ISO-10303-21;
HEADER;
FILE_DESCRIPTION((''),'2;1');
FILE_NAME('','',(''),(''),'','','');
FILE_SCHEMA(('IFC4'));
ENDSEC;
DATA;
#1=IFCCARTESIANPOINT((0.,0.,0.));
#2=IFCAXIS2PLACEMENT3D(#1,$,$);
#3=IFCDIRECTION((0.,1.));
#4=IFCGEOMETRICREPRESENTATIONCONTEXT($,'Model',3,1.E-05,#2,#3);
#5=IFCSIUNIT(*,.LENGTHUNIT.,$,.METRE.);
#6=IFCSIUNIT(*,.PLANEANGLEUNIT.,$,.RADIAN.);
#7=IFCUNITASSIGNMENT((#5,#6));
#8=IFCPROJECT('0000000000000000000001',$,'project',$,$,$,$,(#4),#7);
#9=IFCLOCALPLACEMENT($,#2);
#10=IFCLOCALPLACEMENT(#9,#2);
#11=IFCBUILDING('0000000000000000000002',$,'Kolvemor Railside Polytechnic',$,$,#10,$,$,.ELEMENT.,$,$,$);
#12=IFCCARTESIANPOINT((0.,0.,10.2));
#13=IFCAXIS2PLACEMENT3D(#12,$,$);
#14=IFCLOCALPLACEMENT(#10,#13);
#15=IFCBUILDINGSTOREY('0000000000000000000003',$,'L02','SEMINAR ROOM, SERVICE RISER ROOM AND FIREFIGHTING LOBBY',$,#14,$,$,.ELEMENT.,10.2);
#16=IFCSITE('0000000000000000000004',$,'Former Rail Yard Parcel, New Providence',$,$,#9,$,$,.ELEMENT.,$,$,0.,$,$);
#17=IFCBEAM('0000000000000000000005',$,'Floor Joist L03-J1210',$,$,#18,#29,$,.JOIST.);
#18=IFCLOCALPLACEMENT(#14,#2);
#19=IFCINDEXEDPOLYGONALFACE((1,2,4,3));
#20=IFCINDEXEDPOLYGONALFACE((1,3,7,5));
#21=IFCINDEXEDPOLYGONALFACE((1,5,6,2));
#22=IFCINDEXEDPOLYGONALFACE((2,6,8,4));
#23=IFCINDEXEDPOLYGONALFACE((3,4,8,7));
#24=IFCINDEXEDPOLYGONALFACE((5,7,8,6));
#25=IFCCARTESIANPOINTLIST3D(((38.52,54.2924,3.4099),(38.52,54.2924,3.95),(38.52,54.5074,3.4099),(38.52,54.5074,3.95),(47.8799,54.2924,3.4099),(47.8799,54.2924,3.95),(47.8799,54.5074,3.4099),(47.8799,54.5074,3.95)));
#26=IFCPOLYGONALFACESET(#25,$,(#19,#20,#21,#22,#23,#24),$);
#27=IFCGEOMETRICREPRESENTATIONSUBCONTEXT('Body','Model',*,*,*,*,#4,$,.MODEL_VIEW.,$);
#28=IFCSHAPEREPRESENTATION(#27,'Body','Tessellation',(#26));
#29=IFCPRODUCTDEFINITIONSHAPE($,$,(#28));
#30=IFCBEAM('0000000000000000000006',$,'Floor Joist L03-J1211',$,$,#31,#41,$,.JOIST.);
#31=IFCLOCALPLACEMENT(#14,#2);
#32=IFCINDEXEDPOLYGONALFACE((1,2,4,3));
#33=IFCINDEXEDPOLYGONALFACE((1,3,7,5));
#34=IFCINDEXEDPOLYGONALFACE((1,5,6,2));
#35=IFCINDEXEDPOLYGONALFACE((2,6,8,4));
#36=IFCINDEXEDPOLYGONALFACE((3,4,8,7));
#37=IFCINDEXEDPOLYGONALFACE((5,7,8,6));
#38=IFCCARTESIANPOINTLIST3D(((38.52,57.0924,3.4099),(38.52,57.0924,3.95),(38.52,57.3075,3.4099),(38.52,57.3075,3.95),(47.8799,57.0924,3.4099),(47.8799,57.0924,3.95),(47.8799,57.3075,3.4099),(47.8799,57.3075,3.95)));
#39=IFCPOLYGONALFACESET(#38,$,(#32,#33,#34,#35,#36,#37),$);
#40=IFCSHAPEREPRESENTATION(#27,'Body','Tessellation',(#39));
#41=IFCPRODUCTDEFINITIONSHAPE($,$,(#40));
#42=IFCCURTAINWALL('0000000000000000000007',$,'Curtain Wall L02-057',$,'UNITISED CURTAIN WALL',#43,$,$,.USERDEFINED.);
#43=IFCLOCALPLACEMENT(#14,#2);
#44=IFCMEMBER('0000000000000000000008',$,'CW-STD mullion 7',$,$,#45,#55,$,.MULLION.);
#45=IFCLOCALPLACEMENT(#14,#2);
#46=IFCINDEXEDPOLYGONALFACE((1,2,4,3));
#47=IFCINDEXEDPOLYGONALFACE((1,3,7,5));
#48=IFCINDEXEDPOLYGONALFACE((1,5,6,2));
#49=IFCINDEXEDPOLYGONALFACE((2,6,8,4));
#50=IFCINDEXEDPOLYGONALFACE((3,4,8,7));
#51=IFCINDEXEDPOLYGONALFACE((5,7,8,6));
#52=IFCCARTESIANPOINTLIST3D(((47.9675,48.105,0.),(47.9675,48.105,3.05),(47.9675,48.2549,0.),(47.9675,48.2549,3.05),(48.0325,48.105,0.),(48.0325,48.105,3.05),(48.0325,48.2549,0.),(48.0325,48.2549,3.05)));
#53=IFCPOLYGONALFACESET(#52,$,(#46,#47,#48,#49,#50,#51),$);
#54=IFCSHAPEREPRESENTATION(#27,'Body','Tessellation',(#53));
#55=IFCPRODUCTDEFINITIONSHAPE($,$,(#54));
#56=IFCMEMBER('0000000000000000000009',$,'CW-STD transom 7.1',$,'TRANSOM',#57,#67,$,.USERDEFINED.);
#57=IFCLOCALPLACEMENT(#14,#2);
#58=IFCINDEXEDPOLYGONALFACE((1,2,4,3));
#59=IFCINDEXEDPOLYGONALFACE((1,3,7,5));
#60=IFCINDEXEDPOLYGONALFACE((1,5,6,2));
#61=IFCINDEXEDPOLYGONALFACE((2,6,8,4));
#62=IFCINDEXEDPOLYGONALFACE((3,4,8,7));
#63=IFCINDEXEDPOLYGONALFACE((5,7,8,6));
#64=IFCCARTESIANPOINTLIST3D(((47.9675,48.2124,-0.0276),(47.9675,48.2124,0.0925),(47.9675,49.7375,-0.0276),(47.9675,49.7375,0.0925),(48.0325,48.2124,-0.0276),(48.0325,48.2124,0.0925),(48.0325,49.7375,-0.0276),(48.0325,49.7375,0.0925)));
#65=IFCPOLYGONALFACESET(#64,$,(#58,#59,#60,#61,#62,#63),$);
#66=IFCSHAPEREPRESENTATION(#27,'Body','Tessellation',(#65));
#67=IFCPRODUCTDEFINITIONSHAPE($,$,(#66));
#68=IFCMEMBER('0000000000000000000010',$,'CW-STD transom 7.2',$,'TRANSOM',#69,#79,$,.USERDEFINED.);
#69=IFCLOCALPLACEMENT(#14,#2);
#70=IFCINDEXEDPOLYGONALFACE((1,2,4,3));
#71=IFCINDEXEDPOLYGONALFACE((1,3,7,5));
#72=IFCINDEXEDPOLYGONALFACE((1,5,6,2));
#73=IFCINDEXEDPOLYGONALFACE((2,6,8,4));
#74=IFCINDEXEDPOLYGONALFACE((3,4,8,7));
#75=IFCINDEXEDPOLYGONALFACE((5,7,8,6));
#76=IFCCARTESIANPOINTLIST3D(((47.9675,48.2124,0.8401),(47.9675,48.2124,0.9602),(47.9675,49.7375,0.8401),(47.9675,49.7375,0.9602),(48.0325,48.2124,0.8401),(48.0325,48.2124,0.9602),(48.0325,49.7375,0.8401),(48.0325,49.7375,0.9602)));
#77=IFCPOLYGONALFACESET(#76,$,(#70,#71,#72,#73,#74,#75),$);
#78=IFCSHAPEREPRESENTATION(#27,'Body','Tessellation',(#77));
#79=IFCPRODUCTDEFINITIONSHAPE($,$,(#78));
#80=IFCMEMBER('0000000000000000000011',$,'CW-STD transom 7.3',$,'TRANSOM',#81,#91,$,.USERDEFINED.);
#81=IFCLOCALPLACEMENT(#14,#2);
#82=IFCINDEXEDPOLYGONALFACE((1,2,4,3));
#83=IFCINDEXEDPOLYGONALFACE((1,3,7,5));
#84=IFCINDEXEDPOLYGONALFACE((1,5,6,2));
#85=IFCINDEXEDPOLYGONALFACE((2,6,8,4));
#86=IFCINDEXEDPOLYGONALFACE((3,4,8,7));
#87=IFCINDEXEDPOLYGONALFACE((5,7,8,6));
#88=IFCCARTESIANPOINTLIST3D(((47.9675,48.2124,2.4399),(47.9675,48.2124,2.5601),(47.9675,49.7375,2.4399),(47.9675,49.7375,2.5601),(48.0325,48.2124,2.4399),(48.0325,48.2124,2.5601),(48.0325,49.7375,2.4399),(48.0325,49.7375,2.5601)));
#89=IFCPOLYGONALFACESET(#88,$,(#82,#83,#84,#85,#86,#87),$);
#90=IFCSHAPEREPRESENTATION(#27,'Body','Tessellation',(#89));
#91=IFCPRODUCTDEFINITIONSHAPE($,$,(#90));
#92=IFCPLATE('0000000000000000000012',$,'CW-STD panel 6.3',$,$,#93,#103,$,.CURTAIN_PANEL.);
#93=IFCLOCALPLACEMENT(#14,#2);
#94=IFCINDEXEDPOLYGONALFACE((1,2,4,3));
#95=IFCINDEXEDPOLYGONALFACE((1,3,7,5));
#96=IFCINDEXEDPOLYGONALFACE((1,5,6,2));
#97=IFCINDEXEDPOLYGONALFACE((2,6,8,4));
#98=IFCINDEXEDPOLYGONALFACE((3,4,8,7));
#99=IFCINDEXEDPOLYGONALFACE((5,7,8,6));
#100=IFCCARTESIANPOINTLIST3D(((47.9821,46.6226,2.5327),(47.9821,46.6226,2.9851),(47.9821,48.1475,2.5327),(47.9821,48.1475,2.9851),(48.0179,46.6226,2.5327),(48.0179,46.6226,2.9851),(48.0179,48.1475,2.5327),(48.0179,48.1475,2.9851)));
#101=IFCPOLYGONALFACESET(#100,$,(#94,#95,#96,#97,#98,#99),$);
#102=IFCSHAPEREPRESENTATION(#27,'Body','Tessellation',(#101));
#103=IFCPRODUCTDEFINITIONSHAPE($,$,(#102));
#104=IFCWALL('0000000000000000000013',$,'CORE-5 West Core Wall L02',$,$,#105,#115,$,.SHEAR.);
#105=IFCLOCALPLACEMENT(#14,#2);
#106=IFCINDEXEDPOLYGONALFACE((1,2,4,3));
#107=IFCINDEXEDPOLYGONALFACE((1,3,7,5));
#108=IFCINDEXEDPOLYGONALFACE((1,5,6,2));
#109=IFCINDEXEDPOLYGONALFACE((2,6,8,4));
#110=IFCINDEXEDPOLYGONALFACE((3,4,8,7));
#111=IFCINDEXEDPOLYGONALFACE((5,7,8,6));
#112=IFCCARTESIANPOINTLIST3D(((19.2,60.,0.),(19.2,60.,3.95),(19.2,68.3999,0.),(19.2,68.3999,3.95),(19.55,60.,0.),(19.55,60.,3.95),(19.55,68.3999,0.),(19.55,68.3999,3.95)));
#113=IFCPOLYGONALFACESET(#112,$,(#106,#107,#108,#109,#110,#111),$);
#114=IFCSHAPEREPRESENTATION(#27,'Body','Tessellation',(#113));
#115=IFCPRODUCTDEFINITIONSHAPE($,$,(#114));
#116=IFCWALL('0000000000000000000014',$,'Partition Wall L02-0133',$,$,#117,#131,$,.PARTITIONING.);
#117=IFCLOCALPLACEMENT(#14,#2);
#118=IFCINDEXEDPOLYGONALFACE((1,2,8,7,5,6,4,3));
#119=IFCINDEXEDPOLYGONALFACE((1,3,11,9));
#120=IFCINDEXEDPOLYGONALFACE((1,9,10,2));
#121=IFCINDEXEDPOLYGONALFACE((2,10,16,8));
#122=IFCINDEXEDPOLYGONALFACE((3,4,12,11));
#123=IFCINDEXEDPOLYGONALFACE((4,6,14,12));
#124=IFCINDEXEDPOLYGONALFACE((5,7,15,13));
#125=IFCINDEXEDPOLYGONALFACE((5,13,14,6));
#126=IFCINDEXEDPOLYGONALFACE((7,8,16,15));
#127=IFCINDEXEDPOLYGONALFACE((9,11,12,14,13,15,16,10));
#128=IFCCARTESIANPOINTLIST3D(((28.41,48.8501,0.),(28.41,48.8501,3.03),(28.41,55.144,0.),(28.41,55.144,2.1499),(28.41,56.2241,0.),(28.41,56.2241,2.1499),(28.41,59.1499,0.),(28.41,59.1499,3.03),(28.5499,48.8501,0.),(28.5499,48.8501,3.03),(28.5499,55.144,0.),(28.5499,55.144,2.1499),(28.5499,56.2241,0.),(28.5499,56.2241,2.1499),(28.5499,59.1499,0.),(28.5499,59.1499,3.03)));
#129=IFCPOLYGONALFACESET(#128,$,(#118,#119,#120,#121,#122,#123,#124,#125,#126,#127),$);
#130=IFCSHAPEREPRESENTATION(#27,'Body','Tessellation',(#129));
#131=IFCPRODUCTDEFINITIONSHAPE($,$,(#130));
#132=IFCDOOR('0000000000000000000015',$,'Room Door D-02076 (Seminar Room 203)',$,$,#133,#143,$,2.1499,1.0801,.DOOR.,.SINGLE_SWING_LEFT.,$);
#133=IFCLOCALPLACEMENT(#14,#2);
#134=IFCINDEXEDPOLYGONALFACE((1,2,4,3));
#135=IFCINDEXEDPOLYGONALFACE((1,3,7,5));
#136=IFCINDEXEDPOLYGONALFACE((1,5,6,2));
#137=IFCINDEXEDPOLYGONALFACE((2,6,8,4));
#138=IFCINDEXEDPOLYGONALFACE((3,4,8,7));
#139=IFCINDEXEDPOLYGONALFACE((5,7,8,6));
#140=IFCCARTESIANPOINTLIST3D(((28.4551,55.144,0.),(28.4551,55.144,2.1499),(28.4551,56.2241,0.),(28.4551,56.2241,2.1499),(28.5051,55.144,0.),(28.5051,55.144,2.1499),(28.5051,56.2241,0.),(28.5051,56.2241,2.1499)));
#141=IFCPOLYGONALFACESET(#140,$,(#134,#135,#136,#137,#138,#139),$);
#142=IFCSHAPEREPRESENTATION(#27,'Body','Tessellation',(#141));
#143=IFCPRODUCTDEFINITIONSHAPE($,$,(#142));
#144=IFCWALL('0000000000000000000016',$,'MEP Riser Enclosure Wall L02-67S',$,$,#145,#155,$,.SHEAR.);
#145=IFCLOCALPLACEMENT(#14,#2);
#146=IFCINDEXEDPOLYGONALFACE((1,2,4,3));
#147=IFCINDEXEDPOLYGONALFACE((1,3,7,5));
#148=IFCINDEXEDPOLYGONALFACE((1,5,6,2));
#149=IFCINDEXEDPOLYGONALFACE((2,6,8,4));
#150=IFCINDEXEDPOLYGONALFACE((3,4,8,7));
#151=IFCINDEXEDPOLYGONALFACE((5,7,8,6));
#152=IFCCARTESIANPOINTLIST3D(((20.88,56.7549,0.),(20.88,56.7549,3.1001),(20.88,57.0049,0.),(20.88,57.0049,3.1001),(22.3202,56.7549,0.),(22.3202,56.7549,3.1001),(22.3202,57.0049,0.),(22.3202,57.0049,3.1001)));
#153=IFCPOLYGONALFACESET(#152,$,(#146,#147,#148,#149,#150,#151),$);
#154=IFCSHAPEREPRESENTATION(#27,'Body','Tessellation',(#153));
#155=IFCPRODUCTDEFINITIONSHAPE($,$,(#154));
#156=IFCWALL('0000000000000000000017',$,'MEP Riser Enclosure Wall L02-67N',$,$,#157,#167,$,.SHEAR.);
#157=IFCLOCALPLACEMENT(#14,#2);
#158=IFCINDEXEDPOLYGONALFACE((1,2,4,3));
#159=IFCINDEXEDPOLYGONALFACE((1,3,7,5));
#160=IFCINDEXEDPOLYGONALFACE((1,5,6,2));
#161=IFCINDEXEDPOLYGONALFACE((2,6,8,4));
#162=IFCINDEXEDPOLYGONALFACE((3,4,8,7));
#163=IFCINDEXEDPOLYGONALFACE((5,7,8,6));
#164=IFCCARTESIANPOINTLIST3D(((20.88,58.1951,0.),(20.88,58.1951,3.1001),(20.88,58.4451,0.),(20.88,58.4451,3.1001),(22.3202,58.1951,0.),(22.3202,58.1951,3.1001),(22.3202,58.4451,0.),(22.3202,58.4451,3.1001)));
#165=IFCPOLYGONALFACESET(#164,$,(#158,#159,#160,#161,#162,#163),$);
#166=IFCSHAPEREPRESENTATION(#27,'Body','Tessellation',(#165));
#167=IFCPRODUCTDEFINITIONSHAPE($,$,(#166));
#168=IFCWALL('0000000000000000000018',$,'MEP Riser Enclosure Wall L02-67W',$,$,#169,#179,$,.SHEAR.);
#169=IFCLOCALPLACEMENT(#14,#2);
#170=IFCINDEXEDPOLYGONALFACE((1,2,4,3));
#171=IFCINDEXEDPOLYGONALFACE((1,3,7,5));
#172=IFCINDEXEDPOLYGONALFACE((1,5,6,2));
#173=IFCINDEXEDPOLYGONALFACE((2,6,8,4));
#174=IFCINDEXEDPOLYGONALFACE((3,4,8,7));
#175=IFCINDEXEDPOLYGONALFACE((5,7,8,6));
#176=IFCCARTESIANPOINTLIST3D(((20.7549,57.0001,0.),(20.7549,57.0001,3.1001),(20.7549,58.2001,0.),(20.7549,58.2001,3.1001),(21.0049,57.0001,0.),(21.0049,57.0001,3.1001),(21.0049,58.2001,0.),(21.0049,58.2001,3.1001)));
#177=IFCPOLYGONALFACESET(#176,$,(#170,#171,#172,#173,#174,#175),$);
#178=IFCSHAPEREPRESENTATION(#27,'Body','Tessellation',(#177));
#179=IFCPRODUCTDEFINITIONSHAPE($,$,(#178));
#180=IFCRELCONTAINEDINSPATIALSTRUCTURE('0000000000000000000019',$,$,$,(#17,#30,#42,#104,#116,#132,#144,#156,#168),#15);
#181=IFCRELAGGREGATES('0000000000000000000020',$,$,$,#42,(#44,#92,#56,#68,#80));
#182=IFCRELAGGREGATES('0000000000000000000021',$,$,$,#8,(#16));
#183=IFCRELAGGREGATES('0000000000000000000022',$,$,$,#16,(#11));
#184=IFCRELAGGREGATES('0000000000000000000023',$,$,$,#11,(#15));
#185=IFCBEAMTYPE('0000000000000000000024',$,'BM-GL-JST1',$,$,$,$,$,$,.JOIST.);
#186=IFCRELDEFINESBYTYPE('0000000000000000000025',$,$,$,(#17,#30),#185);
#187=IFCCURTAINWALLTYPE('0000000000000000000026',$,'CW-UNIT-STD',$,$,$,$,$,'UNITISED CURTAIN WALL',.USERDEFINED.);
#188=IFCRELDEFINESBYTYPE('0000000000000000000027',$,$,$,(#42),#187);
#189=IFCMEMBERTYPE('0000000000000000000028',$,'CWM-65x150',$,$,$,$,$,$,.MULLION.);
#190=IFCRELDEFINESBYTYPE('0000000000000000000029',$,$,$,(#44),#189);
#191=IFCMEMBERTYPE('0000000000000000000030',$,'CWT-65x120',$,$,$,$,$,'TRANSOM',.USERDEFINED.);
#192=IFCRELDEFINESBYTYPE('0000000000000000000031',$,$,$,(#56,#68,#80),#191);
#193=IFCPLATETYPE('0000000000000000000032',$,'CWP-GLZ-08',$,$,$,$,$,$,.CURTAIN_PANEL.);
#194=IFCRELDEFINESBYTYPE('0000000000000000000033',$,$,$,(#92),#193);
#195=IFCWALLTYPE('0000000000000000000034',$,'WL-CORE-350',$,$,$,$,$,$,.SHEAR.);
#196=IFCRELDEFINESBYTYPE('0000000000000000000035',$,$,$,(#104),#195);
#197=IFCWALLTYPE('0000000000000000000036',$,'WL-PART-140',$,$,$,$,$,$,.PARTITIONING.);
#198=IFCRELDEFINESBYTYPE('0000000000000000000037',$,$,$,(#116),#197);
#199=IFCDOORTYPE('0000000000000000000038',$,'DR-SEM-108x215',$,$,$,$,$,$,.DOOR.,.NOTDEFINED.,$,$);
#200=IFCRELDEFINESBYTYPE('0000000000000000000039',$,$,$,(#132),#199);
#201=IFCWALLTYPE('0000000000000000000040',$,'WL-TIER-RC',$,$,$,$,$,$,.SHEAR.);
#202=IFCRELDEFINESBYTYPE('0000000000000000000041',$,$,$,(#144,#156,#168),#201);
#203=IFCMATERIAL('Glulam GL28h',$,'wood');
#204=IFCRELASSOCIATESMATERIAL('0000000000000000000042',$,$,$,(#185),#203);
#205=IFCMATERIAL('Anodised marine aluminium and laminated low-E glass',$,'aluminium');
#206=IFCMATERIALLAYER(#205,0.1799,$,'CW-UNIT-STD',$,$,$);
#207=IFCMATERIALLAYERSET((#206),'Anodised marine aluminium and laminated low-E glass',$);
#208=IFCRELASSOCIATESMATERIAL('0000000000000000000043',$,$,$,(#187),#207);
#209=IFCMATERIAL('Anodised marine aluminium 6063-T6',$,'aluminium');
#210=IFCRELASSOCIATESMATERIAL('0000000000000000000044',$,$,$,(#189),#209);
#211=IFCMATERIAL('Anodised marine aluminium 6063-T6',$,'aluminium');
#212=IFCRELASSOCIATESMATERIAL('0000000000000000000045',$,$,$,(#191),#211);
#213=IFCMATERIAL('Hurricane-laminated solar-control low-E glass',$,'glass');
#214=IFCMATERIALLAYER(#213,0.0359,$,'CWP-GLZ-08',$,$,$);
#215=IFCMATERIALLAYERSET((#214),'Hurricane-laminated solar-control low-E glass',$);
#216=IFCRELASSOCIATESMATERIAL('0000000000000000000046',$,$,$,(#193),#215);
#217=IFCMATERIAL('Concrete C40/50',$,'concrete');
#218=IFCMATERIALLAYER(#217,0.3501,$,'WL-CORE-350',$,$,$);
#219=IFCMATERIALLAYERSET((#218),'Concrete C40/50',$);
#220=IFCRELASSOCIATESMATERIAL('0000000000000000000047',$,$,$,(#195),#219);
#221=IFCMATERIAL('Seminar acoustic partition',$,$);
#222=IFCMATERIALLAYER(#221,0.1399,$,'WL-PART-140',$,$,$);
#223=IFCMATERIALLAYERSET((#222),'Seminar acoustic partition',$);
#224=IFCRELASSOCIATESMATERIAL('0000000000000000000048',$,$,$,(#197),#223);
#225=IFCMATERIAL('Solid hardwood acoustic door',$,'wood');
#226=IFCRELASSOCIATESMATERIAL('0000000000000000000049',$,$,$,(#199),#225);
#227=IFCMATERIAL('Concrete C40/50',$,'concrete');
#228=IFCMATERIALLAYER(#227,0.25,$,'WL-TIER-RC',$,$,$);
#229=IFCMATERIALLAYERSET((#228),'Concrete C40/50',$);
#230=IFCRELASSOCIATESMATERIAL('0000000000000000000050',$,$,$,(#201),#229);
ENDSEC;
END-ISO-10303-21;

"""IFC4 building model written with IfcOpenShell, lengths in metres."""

from ifc_helpers import new_model, si_unit, direction, frame, frame_2d, origin, origin_2d, place, context, subcontext, project, spatial, rectangle, extrude, material, layer, layer_set, material_profile, profile_set, type_object, element, fill, aggregate, save


model = new_model("IFC4")

# Units and contexts
model_context = context("Model", 3, precision=1e-05, world=origin(), true_north=direction((0.0, 1.0)))
body_context = subcontext(model_context, "Body", "Model", "MODEL_VIEW")
ifc_project = project(units=[si_unit("LENGTHUNIT", "METRE"), si_unit("PLANEANGLEUNIT", "RADIAN")], contexts=[model_context])

# Site, building, storey
site_placement = place(None, origin())
site = spatial("IfcSite", under=ifc_project, at=site_placement, Name="Former Rail Yard Parcel, New Providence", CompositionType="ELEMENT", RefElevation=0.0)
building_placement = place(site_placement, origin())
building = spatial("IfcBuilding", under=site, at=building_placement, Name="Kolvemor Railside Polytechnic", CompositionType="ELEMENT")
storey_placement = place(building_placement, frame((0.0, 0.0, 10.2)))
storey = spatial("IfcBuildingStorey", under=building, at=storey_placement, Name="L02", Description="SEMINAR ROOM, SERVICE RISER ROOM AND FIREFIGHTING LOBBY", CompositionType="ELEMENT", Elevation=10.2)

# Beams
ifc_material_1 = material(Name="Glulam GL28h", Category="wood")
ifc_material_profile_1 = material_profile(ifc_material_1, rectangle(XDim=0.2151, YDim=0.54, at=origin_2d()), Name="GL215x540")
ifc_profile_set_1 = profile_set([ifc_material_profile_1], Name="Glulam GL28h")
beam_type_1 = type_object("IfcBeamType", Name="BM-GL-JST1", PredefinedType="JOIST", material=ifc_profile_set_1)
for number, where, z_axis, x_axis, name in (
    (1, (38.52, 54.3999, 3.6799), (1.0, 0.0, 0.0), (0.0, 1.0, 0.0), "Floor Joist L03-J1210"),
    (2, (38.52, 57.2, 3.6799), (1.0, 0.0, 0.0), (0.0, 1.0, 0.0), "Floor Joist L03-J1211"),
):
    element("IfcBeam", number, at=place(storey_placement, frame(where, z_axis=z_axis, x_axis=x_axis)), inside=storey, type_object=beam_type_1, Name=name, PredefinedType="JOIST", context=body_context, shape_type="SweptSolid", body=[
        extrude(rectangle(XDim=0.2151, YDim=0.54, at=origin_2d()), origin(), (0.0, 0.0, 1.0), 9.3599),
    ])

# Curtain wall, members, plate
ifc_material_2 = material(Name="Anodised marine aluminium and laminated low-E glass", Category="aluminium")
ifc_layer_1 = layer(ifc_material_2, 0.1799, Name="CW-UNIT-STD")
ifc_layer_set_1 = layer_set([ifc_layer_1], Name="Anodised marine aluminium and laminated low-E glass")
curtain_wall_type = type_object("IfcCurtainWallType", Name="CW-UNIT-STD", ElementType="UNITISED CURTAIN WALL", PredefinedType="USERDEFINED", material=ifc_layer_set_1)
curtain_wall_placement = place(storey_placement, origin())
curtain_wall = element("IfcCurtainWall", 3, at=curtain_wall_placement, inside=storey, type_object=curtain_wall_type, Name="Curtain Wall L02-057", ObjectType="UNITISED CURTAIN WALL", PredefinedType="USERDEFINED")
ifc_material_3 = material(Name="Anodised marine aluminium 6063-T6", Category="aluminium")
ifc_material_profile_2 = material_profile(ifc_material_3, rectangle(XDim=0.0649, YDim=0.1499, at=origin_2d()), Name="CW-MUL-65x150")
ifc_profile_set_2 = profile_set([ifc_material_profile_2], Name="Anodised marine aluminium 6063-T6")
member_type_1 = type_object("IfcMemberType", Name="CWM-65x150", PredefinedType="MULLION", material=ifc_profile_set_2)
member_1_placement = place(storey_placement, frame((48.0, 48.1799, 0.0), z_axis=(0.0, 0.0, 1.0), x_axis=(-1.0, 0.0, 0.0)))
member_1 = element("IfcMember", 4, at=member_1_placement, type_object=member_type_1, Name="CW-STD mullion 7", PredefinedType="MULLION", context=body_context, shape_type="SweptSolid", body=[
    extrude(rectangle(XDim=0.0649, YDim=0.1499, at=origin_2d()), origin(), (0.0, 0.0, 1.0), 3.05),
])
ifc_material_4 = material(Name="Anodised marine aluminium 6063-T6", Category="aluminium")
ifc_material_profile_3 = material_profile(ifc_material_4, rectangle(XDim=0.0649, YDim=0.1201, at=origin_2d()), Name="CW-TRN-65x120")
ifc_profile_set_3 = profile_set([ifc_material_profile_3], Name="Anodised marine aluminium 6063-T6")
member_type_2 = type_object("IfcMemberType", Name="CWT-65x120", ElementType="TRANSOM", PredefinedType="USERDEFINED", material=ifc_profile_set_3)
member_2_placement = place(storey_placement, frame((48.0, 48.2124, 0.0325), z_axis=(0.0, 1.0, 0.0), x_axis=(-1.0, 0.0, 0.0)))
member_2 = element("IfcMember", 5, at=member_2_placement, type_object=member_type_2, Name="CW-STD transom 7.1", ObjectType="TRANSOM", PredefinedType="USERDEFINED", context=body_context, shape_type="SweptSolid", body=[
    extrude(rectangle(XDim=0.0649, YDim=0.1201, at=origin_2d()), origin(), (0.0, 0.0, 1.0), 1.5251),
])
member_3_placement = place(storey_placement, frame((48.0, 48.2124, 0.9001), z_axis=(0.0, 1.0, 0.0), x_axis=(-1.0, 0.0, 0.0)))
member_3 = element("IfcMember", 6, at=member_3_placement, type_object=member_type_2, Name="CW-STD transom 7.2", ObjectType="TRANSOM", PredefinedType="USERDEFINED", context=body_context, shape_type="SweptSolid", body=[
    extrude(rectangle(XDim=0.0649, YDim=0.1201, at=origin_2d()), origin(), (0.0, 0.0, 1.0), 1.5251),
])
member_4_placement = place(storey_placement, frame((48.0, 48.2124, 2.5), z_axis=(0.0, 1.0, 0.0), x_axis=(-1.0, 0.0, 0.0)))
member_4 = element("IfcMember", 7, at=member_4_placement, type_object=member_type_2, Name="CW-STD transom 7.3", ObjectType="TRANSOM", PredefinedType="USERDEFINED", context=body_context, shape_type="SweptSolid", body=[
    extrude(rectangle(XDim=0.0649, YDim=0.1201, at=origin_2d()), origin(), (0.0, 0.0, 1.0), 1.5251),
])
ifc_material_5 = material(Name="Hurricane-laminated solar-control low-E glass", Category="glass")
ifc_layer_2 = layer(ifc_material_5, 0.0359, Name="CWP-GLZ-08")
ifc_layer_set_2 = layer_set([ifc_layer_2], Name="Hurricane-laminated solar-control low-E glass")
plate_type = type_object("IfcPlateType", Name="CWP-GLZ-08", PredefinedType="CURTAIN_PANEL", material=ifc_layer_set_2)
plate_placement = place(storey_placement, frame((48.0, 47.385, 2.5327), z_axis=(0.0, 0.0, 1.0), x_axis=(0.0, 1.0, 0.0)))
plate = element("IfcPlate", 8, at=plate_placement, type_object=plate_type, Name="CW-STD panel 6.3", PredefinedType="CURTAIN_PANEL", context=body_context, shape_type="SweptSolid", body=[
    extrude(rectangle(XDim=1.5249, YDim=0.0359, at=origin_2d()), origin(), (0.0, 0.0, 1.0), 0.4524),
])
aggregate(curtain_wall, [member_1, plate, member_2, member_3, member_4])

# Wall
ifc_material_6 = material(Name="Concrete C40/50", Category="concrete")
ifc_layer_3 = layer(ifc_material_6, 0.3501, Name="WL-CORE-350")
ifc_layer_set_3 = layer_set([ifc_layer_3], Name="Concrete C40/50")
wall_type_1 = type_object("IfcWallType", Name="WL-CORE-350", PredefinedType="SHEAR", material=ifc_layer_set_3)
wall_1_placement = place(storey_placement, frame((19.375, 60.0, 0.0), z_axis=(0.0, 0.0, 1.0), x_axis=(0.0, 1.0, 0.0)))
element("IfcWall", 9, at=wall_1_placement, inside=storey, type_object=wall_type_1, Name="CORE-5 West Core Wall L02", PredefinedType="SHEAR", context=body_context, shape_type="SweptSolid", body=[
    extrude(rectangle(XDim=8.3999, YDim=0.3501, at=frame_2d((4.2, 0.0))), origin(), (0.0, 0.0, 1.0), 3.95),
])

# Wall, opening, door
ifc_material_7 = material(Name="Seminar acoustic partition")
ifc_layer_4 = layer(ifc_material_7, 0.1399, Name="WL-PART-140")
ifc_layer_set_4 = layer_set([ifc_layer_4], Name="Seminar acoustic partition")
wall_type_2 = type_object("IfcWallType", Name="WL-PART-140", PredefinedType="PARTITIONING", material=ifc_layer_set_4)
wall_2_placement = place(storey_placement, frame((28.48, 48.8501, 0.0), z_axis=(0.0, 0.0, 1.0), x_axis=(0.0, 1.0, 0.0)))
wall_2 = element("IfcWall", 10, at=wall_2_placement, inside=storey, type_object=wall_type_2, Name="Partition Wall L02-0133", PredefinedType="PARTITIONING", context=body_context, shape_type="SweptSolid", body=[
    extrude(rectangle(XDim=10.2998, YDim=0.1399, at=frame_2d((5.1499, 0.0))), origin(), (0.0, 0.0, 1.0), 3.03),
])
opening_1_placement = place(wall_2_placement, frame((6.2939, 0.0, 0.0)))
opening_1 = element("IfcOpeningElement", 11, at=opening_1_placement, cuts=wall_2, PredefinedType="OPENING", context=body_context, shape_type="SweptSolid", body=[
    extrude(rectangle(XDim=1.0801, YDim=2.1499, at=frame_2d((0.54, 1.075))), frame((0.0, 0.0798, 0.0), z_axis=(0.0, -1.0, 0.0), x_axis=(1.0, 0.0, 0.0)), (0.0, 0.0, 1.0), 0.1599),
])
ifc_material_8 = material(Name="Solid hardwood acoustic door", Category="wood")
door_type_1 = type_object("IfcDoorType", Name="DR-SEM-108x215", OperationType="NOTDEFINED", PredefinedType="DOOR", material=ifc_material_8)
door_1_placement = place(opening_1_placement, origin())
door_1 = element("IfcDoor", 12, at=door_1_placement, inside=storey, type_object=door_type_1, Name="Room Door D-02076 (Seminar Room 203)", OperationType="SINGLE_SWING_LEFT", OverallHeight=2.1499, OverallWidth=1.0801, PredefinedType="DOOR", context=body_context, shape_type="SweptSolid", body=[
    extrude(rectangle(XDim=1.0801, YDim=2.1499, at=frame_2d((0.54, 1.075))), frame((0.0, 0.0249, 0.0), z_axis=(0.0, -1.0, 0.0), x_axis=(1.0, 0.0, 0.0)), (0.0, 0.0, 1.0), 0.05),
])
fill(opening_1, door_1)

# Walls
ifc_material_9 = material(Name="Concrete C40/50", Category="concrete")
ifc_layer_5 = layer(ifc_material_9, 0.25, Name="WL-TIER-RC")
ifc_layer_set_5 = layer_set([ifc_layer_5], Name="Concrete C40/50")
wall_type_3 = type_object("IfcWallType", Name="WL-TIER-RC", PredefinedType="SHEAR", material=ifc_layer_set_5)
for number, where, z_axis, x_axis, name in (
    (13, (20.8799, 56.8799, 0.0), (0.0, 0.0, 1.0), (1.0, 0.0, 0.0), "MEP Riser Enclosure Wall L02-67S"),
    (14, (20.8799, 58.3201, 0.0), (0.0, 0.0, 1.0), (1.0, 0.0, 0.0), "MEP Riser Enclosure Wall L02-67N"),
):
    element("IfcWall", number, at=place(storey_placement, frame(where, z_axis=z_axis, x_axis=x_axis)), inside=storey, type_object=wall_type_3, Name=name, PredefinedType="SHEAR", context=body_context, shape_type="SweptSolid", body=[
        extrude(rectangle(XDim=1.4402, YDim=0.25, at=frame_2d((0.7202, 0.0))), origin(), (0.0, 0.0, 1.0), 3.1001),
    ])
for number, where, z_axis, x_axis, name in (
    (15, (20.8799, 57.0, 0.0), (0.0, 0.0, 1.0), (0.0, 1.0, 0.0), "MEP Riser Enclosure Wall L02-67W"),
):
    element("IfcWall", number, at=place(storey_placement, frame(where, z_axis=z_axis, x_axis=x_axis)), inside=storey, type_object=wall_type_3, Name=name, PredefinedType="SHEAR", context=body_context, shape_type="SweptSolid", body=[
        extrude(rectangle(XDim=1.2, YDim=0.25, at=frame_2d((0.6001, 0.0))), origin(), (0.0, 0.0, 1.0), 3.1001),
    ])

save(model, "model.ifc")
